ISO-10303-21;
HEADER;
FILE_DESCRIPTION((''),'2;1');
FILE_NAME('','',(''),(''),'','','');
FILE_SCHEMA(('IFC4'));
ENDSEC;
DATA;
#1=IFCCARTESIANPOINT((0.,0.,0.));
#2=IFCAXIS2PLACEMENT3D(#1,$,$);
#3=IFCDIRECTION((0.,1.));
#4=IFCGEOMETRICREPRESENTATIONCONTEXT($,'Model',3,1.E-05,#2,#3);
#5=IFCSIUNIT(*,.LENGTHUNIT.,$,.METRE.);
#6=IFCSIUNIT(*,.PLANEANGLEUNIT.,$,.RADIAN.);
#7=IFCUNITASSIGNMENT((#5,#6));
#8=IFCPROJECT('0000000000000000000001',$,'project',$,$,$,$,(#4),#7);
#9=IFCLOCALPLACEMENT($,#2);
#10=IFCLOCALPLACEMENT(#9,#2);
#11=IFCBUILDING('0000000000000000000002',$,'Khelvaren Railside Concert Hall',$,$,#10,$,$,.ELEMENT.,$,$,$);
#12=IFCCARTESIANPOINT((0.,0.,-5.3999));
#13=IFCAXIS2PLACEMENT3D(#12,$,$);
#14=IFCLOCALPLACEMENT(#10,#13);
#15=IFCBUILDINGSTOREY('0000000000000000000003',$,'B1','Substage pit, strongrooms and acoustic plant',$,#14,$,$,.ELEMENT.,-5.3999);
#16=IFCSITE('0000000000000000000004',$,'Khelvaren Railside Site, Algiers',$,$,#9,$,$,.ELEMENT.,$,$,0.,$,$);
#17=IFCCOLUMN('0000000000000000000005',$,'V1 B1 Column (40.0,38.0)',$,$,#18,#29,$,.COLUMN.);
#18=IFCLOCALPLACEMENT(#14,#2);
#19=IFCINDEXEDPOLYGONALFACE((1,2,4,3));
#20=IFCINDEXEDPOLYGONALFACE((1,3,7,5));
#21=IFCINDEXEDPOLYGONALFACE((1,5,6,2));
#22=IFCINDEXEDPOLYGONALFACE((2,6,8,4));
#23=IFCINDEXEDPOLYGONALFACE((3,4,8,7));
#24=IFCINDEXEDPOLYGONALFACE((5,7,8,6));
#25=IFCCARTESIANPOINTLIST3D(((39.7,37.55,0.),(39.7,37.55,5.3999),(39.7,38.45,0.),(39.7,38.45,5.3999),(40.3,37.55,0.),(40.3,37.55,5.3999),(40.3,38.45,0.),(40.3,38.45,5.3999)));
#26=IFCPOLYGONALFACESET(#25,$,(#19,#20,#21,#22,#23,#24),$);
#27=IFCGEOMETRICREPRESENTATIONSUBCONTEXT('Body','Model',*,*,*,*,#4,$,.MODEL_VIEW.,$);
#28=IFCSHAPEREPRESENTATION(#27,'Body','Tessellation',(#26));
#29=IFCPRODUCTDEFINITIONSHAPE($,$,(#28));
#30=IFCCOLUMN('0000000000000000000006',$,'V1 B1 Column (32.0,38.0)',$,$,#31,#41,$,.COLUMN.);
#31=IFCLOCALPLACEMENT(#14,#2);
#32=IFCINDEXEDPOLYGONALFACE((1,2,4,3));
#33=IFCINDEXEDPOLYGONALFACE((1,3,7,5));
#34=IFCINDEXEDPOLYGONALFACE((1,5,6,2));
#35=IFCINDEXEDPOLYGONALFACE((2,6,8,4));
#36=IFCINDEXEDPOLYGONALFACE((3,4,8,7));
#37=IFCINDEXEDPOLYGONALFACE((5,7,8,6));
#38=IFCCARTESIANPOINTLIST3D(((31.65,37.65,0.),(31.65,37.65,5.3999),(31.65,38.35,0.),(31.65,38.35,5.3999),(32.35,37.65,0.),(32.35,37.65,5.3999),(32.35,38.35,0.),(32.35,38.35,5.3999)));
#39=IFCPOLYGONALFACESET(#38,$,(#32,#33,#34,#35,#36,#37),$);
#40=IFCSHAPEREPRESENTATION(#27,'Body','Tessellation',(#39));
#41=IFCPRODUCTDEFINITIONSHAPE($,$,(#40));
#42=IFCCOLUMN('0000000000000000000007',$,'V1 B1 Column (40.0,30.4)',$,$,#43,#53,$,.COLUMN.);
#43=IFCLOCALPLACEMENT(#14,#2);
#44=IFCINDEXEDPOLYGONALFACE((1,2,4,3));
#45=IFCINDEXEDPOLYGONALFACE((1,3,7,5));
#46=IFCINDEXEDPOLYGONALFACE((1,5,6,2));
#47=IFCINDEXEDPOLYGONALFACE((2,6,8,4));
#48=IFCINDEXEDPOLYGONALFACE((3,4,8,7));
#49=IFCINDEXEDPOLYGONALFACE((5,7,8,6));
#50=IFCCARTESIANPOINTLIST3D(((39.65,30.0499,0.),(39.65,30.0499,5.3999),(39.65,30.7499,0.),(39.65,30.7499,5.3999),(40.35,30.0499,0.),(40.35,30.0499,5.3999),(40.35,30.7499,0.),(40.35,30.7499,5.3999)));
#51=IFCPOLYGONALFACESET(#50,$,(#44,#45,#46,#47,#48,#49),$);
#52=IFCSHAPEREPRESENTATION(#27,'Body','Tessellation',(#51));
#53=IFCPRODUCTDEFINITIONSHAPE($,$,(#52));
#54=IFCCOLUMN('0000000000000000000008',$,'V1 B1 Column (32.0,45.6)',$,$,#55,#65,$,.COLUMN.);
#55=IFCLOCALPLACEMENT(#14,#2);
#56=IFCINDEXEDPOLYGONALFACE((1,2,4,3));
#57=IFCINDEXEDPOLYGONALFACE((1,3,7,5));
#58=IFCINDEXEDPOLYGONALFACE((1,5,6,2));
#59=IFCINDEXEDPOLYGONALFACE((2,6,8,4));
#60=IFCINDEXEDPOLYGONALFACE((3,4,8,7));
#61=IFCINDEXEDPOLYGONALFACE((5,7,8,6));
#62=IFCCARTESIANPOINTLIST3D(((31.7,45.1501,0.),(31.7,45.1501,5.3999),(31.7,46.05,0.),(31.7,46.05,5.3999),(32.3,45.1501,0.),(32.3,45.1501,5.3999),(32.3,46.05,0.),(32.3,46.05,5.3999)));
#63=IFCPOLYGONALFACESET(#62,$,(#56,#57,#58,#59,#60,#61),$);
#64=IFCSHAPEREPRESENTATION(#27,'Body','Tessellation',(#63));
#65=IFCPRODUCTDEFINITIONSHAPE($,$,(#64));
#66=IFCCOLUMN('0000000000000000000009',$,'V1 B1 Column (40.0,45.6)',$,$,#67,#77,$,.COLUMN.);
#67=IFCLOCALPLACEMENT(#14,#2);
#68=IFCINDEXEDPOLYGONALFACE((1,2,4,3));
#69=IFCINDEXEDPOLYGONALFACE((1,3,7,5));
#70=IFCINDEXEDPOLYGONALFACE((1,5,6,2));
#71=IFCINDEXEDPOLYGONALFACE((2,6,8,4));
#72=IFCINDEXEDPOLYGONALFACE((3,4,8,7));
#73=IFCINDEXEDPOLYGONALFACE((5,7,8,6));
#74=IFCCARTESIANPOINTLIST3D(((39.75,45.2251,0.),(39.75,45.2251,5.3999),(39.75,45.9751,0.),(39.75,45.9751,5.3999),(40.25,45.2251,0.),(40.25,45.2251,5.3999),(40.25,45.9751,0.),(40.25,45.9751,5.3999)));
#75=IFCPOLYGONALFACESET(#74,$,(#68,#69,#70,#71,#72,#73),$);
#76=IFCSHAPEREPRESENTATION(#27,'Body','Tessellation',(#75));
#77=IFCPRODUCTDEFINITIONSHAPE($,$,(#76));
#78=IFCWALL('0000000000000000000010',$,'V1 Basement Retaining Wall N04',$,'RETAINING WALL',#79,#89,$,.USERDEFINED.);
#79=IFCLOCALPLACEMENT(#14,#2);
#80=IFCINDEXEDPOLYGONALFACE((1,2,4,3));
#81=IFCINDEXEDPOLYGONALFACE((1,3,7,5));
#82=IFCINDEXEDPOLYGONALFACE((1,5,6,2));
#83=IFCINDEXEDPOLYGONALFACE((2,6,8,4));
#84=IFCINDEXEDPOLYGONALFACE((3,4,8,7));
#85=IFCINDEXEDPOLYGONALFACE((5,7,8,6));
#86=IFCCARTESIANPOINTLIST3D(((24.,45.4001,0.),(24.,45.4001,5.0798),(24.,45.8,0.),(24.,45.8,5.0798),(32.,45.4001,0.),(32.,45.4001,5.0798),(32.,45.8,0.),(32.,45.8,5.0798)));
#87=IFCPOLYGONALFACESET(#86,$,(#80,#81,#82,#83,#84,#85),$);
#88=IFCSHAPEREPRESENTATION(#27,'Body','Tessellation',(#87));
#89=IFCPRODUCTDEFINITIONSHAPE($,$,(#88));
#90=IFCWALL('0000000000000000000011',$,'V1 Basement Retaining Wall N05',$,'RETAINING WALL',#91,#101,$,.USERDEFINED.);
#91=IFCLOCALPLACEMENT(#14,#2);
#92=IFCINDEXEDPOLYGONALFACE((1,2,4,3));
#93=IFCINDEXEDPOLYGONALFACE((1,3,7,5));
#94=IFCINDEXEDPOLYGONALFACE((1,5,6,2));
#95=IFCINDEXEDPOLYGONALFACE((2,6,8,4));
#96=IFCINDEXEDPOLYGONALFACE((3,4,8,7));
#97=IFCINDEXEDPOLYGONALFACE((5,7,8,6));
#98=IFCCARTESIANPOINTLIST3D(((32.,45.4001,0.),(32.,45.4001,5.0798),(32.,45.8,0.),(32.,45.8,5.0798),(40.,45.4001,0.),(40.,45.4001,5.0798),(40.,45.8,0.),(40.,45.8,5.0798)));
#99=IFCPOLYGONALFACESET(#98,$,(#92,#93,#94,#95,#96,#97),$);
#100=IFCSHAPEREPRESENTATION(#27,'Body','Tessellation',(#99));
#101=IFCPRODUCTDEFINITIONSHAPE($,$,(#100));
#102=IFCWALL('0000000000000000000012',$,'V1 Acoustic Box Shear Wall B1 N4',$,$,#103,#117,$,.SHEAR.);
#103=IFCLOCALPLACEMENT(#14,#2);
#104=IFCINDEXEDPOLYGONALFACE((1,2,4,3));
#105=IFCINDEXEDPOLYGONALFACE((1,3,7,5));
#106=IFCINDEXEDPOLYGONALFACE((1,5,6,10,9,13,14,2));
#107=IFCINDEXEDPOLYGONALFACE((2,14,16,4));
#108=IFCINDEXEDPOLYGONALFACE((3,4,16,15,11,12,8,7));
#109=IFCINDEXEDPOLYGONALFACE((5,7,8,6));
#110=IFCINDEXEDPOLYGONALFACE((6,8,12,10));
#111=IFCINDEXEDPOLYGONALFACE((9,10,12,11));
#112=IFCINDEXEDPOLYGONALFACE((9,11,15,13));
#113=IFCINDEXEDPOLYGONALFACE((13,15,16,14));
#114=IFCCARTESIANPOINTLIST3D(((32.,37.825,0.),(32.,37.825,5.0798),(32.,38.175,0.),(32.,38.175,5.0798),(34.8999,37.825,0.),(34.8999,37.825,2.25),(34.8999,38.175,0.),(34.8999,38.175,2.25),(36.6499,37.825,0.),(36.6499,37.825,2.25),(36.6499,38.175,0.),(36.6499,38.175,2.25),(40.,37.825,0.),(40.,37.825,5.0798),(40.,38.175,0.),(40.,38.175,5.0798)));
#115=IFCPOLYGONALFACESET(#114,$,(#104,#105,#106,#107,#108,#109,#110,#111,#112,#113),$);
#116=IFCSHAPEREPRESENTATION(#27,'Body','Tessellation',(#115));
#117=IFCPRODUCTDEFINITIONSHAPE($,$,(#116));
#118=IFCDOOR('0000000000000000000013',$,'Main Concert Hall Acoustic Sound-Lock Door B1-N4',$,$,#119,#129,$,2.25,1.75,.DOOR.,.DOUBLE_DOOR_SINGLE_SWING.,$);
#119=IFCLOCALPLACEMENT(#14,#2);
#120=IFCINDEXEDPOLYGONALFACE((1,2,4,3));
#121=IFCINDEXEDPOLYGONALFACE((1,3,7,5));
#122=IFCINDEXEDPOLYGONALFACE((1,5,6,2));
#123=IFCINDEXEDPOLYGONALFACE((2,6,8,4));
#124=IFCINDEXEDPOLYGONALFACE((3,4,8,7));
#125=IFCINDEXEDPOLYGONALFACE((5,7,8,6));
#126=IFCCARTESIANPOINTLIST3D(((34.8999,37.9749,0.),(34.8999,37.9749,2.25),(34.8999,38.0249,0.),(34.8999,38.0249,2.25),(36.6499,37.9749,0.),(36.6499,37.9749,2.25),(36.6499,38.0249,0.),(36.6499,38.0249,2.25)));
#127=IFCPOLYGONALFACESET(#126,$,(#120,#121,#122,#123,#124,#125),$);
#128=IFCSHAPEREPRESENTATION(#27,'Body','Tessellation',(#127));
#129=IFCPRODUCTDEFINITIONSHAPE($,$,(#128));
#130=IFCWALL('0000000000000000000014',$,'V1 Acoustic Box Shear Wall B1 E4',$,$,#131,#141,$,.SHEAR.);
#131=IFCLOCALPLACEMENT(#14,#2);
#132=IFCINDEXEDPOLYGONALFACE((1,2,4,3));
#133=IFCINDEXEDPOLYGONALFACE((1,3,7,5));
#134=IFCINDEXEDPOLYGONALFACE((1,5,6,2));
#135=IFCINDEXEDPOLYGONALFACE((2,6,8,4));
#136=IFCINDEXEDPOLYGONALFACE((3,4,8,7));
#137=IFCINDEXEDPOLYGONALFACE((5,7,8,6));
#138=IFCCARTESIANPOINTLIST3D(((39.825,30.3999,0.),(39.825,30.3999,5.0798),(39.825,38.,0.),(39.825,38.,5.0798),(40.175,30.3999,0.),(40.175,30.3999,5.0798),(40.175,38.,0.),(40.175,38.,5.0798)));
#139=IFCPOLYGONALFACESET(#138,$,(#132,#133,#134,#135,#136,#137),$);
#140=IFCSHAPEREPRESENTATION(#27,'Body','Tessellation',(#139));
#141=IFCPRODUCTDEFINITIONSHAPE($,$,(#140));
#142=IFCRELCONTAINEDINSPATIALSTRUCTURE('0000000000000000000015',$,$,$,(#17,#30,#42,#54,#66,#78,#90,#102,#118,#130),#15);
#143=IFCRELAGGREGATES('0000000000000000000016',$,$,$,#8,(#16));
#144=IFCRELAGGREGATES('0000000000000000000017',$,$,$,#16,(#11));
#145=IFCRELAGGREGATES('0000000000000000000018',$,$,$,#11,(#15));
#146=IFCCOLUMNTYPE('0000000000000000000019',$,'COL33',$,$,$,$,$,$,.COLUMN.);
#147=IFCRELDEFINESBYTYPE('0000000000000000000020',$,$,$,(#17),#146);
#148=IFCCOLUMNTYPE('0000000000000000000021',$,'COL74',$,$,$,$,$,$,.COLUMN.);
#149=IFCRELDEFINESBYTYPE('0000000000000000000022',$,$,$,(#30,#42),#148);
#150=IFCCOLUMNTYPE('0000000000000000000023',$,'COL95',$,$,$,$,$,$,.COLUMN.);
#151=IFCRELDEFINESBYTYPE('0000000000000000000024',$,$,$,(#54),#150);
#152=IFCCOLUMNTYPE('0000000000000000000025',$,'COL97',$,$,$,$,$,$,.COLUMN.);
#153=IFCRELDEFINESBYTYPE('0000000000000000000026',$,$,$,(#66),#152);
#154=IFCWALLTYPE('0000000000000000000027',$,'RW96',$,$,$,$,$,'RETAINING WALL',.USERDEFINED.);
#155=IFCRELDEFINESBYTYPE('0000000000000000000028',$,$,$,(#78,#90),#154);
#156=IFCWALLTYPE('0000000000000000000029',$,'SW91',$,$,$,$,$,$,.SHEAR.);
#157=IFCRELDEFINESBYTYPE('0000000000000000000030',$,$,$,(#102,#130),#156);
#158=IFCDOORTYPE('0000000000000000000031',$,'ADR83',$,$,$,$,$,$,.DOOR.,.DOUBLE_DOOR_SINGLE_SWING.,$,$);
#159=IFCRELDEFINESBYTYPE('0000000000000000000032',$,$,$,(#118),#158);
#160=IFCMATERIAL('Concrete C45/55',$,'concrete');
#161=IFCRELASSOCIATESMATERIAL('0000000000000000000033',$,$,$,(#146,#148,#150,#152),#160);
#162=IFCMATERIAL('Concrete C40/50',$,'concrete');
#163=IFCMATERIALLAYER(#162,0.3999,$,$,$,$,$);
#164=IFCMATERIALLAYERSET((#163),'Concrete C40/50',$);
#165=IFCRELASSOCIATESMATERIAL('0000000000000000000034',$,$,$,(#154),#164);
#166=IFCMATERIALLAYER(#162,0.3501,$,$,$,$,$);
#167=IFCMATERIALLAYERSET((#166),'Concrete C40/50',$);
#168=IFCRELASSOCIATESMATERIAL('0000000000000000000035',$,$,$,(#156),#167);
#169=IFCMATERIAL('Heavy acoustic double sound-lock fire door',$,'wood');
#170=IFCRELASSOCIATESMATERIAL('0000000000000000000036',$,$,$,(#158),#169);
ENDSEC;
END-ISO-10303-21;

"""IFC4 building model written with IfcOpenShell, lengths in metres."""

from ifc_helpers import new_model, si_unit, direction, frame, frame_2d, origin, origin_2d, place, context, subcontext, project, spatial, rectangle, extrude, material, layer, layer_set, material_profile, profile_set, type_object, element, fill, save


model = new_model("IFC4")

# Units and contexts
model_context = context("Model", 3, precision=1e-05, world=origin(), true_north=direction((0.0, 1.0)))
body_context = subcontext(model_context, "Body", "Model", "MODEL_VIEW")
ifc_project = project(units=[si_unit("LENGTHUNIT", "METRE"), si_unit("PLANEANGLEUNIT", "RADIAN")], contexts=[model_context])

# Site, building, storey
site_placement = place(None, origin())
site = spatial("IfcSite", under=ifc_project, at=site_placement, Name="Khelvaren Railside Site, Algiers", CompositionType="ELEMENT", RefElevation=0.0)
building_placement = place(site_placement, origin())
building = spatial("IfcBuilding", under=site, at=building_placement, Name="Khelvaren Railside Concert Hall", CompositionType="ELEMENT")
storey_placement = place(building_placement, frame((0.0, 0.0, -5.3999)))
storey = spatial("IfcBuildingStorey", under=building, at=storey_placement, Name="B1", Description="Substage pit, strongrooms and acoustic plant", CompositionType="ELEMENT", Elevation=-5.3999)

# Columns
ifc_material_1 = material(Name="Concrete C45/55", Category="concrete")
ifc_material_profile_1 = material_profile(ifc_material_1, rectangle(XDim=0.6001, YDim=0.8999, at=origin_2d()), Name="RC 600x900")
ifc_profile_set_1 = profile_set([ifc_material_profile_1], Name="Concrete C45/55")
column_type_1 = type_object("IfcColumnType", Name="COL33", PredefinedType="COLUMN", material=ifc_profile_set_1)
column_1_placement = place(storey_placement, frame((40.0, 38.0, 0.0), z_axis=(0.0, 0.0, 1.0), x_axis=(1.0, 0.0, 0.0)))
element("IfcColumn", 1, at=column_1_placement, inside=storey, type_object=column_type_1, Name="V1 B1 Column (40.0,38.0)", PredefinedType="COLUMN", context=body_context, shape_type="SweptSolid", body=[
    extrude(rectangle(XDim=0.6001, YDim=0.8999, at=origin_2d()), origin(), (0.0, 0.0, 1.0), 5.3999),
])
ifc_material_profile_2 = material_profile(ifc_material_1, rectangle(XDim=0.7, YDim=0.7, at=origin_2d()), Name="RC 700x700")
ifc_profile_set_2 = profile_set([ifc_material_profile_2], Name="Concrete C45/55")
column_type_2 = type_object("IfcColumnType", Name="COL74", PredefinedType="COLUMN", material=ifc_profile_set_2)
for number, where, z_axis, x_axis, name in (
    (2, (32.0, 38.0, 0.0), (0.0, 0.0, 1.0), (1.0, 0.0, 0.0), "V1 B1 Column (32.0,38.0)"),
    (3, (40.0, 30.3999, 0.0), (0.0, 0.0, 1.0), (1.0, 0.0, 0.0), "V1 B1 Column (40.0,30.4)"),
):
    element("IfcColumn", number, at=place(storey_placement, frame(where, z_axis=z_axis, x_axis=x_axis)), inside=storey, type_object=column_type_2, Name=name, PredefinedType="COLUMN", context=body_context, shape_type="SweptSolid", body=[
        extrude(rectangle(XDim=0.7, YDim=0.7, at=origin_2d()), origin(), (0.0, 0.0, 1.0), 5.3999),
    ])
ifc_material_profile_3 = material_profile(ifc_material_1, rectangle(XDim=0.6001, YDim=0.8999, at=origin_2d()), Name="RC 600x900")
ifc_profile_set_3 = profile_set([ifc_material_profile_3], Name="Concrete C45/55")
column_type_3 = type_object("IfcColumnType", Name="COL95", PredefinedType="COLUMN", material=ifc_profile_set_3)
column_2_placement = place(storey_placement, frame((32.0, 45.6001, 0.0), z_axis=(0.0, 0.0, 1.0), x_axis=(1.0, 0.0, 0.0)))
element("IfcColumn", 4, at=column_2_placement, inside=storey, type_object=column_type_3, Name="V1 B1 Column (32.0,45.6)", PredefinedType="COLUMN", context=body_context, shape_type="SweptSolid", body=[
    extrude(rectangle(XDim=0.6001, YDim=0.8999, at=origin_2d()), origin(), (0.0, 0.0, 1.0), 5.3999),
])
ifc_material_profile_4 = material_profile(ifc_material_1, rectangle(XDim=0.5, YDim=0.75, at=origin_2d()), Name="RC 500x750")
ifc_profile_set_4 = profile_set([ifc_material_profile_4], Name="Concrete C45/55")
column_type_4 = type_object("IfcColumnType", Name="COL97", PredefinedType="COLUMN", material=ifc_profile_set_4)
column_3_placement = place(storey_placement, frame((40.0, 45.6001, 0.0), z_axis=(0.0, 0.0, 1.0), x_axis=(1.0, 0.0, 0.0)))
element("IfcColumn", 5, at=column_3_placement, inside=storey, type_object=column_type_4, Name="V1 B1 Column (40.0,45.6)", PredefinedType="COLUMN", context=body_context, shape_type="SweptSolid", body=[
    extrude(rectangle(XDim=0.5, YDim=0.75, at=origin_2d()), origin(), (0.0, 0.0, 1.0), 5.3999),
])

# Walls
ifc_material_2 = material(Name="Concrete C40/50", Category="concrete")
ifc_layer_1 = layer(ifc_material_2, 0.3999)
ifc_layer_set_1 = layer_set([ifc_layer_1], Name="Concrete C40/50")
wall_type_1 = type_object("IfcWallType", Name="RW96", ElementType="RETAINING WALL", PredefinedType="USERDEFINED", material=ifc_layer_set_1)
for number, where, z_axis, x_axis, name in (
    (6, (32.0, 45.6001, 0.0), (0.0, 0.0, 1.0), (-1.0, 0.0, 0.0), "V1 Basement Retaining Wall N04"),
    (7, (40.0, 45.6001, 0.0), (0.0, 0.0, 1.0), (-1.0, 0.0, 0.0), "V1 Basement Retaining Wall N05"),
):
    element("IfcWall", number, at=place(storey_placement, frame(where, z_axis=z_axis, x_axis=x_axis)), inside=storey, type_object=wall_type_1, Name=name, ObjectType="RETAINING WALL", PredefinedType="USERDEFINED", context=body_context, shape_type="SweptSolid", body=[
        extrude(rectangle(XDim=8.0, YDim=0.3999, at=frame_2d((4.0, 0.0))), origin(), (0.0, 0.0, 1.0), 5.0798),
    ])

# Wall, opening, door
ifc_layer_2 = layer(ifc_material_2, 0.3501)
ifc_layer_set_2 = layer_set([ifc_layer_2], Name="Concrete C40/50")
wall_type_2 = type_object("IfcWallType", Name="SW91", PredefinedType="SHEAR", material=ifc_layer_set_2)
wall_1_placement = place(storey_placement, frame((32.0, 38.0, 0.0), z_axis=(0.0, 0.0, 1.0), x_axis=(1.0, 0.0, 0.0)))
wall_1 = element("IfcWall", 8, at=wall_1_placement, inside=storey, type_object=wall_type_2, Name="V1 Acoustic Box Shear Wall B1 N4", PredefinedType="SHEAR", context=body_context, shape_type="SweptSolid", body=[
    extrude(rectangle(XDim=8.0, YDim=0.3501, at=frame_2d((4.0, 0.0))), origin(), (0.0, 0.0, 1.0), 5.0798),
])
opening_placement = place(wall_1_placement, frame((2.8999, 0.0, 0.0)))
opening = element("IfcOpeningElement", 9, at=opening_placement, cuts=wall_1, PredefinedType="OPENING", context=body_context, shape_type="SweptSolid", body=[
    extrude(rectangle(XDim=1.75, YDim=2.25, at=frame_2d((0.875, 1.125))), frame((0.0, 0.1851, 0.0), z_axis=(0.0, -1.0, 0.0), x_axis=(1.0, 0.0, 0.0)), (0.0, 0.0, 1.0), 0.3701),
])
ifc_material_3 = material(Name="Heavy acoustic double sound-lock fire door", Category="wood")
door_type = type_object("IfcDoorType", Name="ADR83", OperationType="DOUBLE_DOOR_SINGLE_SWING", PredefinedType="DOOR", material=ifc_material_3)
door_placement = place(opening_placement, origin())
door = element("IfcDoor", 10, at=door_placement, inside=storey, type_object=door_type, Name="Main Concert Hall Acoustic Sound-Lock Door B1-N4", OperationType="DOUBLE_DOOR_SINGLE_SWING", OverallHeight=2.25, OverallWidth=1.75, PredefinedType="DOOR", context=body_context, shape_type="SweptSolid", body=[
    extrude(rectangle(XDim=1.75, YDim=2.25, at=frame_2d((0.875, 1.125))), frame((0.0, 0.0249, 0.0), z_axis=(0.0, -1.0, 0.0), x_axis=(1.0, 0.0, 0.0)), (0.0, 0.0, 1.0), 0.05),
])
fill(opening, door)

# Wall
wall_2_placement = place(storey_placement, frame((40.0, 30.3999, 0.0), z_axis=(0.0, 0.0, 1.0), x_axis=(0.0, 1.0, 0.0)))
element("IfcWall", 11, at=wall_2_placement, inside=storey, type_object=wall_type_2, Name="V1 Acoustic Box Shear Wall B1 E4", PredefinedType="SHEAR", context=body_context, shape_type="SweptSolid", body=[
    extrude(rectangle(XDim=7.6001, YDim=0.3501, at=frame_2d((3.8, 0.0))), origin(), (0.0, 0.0, 1.0), 5.0798),
])

save(model, "model.ifc")
